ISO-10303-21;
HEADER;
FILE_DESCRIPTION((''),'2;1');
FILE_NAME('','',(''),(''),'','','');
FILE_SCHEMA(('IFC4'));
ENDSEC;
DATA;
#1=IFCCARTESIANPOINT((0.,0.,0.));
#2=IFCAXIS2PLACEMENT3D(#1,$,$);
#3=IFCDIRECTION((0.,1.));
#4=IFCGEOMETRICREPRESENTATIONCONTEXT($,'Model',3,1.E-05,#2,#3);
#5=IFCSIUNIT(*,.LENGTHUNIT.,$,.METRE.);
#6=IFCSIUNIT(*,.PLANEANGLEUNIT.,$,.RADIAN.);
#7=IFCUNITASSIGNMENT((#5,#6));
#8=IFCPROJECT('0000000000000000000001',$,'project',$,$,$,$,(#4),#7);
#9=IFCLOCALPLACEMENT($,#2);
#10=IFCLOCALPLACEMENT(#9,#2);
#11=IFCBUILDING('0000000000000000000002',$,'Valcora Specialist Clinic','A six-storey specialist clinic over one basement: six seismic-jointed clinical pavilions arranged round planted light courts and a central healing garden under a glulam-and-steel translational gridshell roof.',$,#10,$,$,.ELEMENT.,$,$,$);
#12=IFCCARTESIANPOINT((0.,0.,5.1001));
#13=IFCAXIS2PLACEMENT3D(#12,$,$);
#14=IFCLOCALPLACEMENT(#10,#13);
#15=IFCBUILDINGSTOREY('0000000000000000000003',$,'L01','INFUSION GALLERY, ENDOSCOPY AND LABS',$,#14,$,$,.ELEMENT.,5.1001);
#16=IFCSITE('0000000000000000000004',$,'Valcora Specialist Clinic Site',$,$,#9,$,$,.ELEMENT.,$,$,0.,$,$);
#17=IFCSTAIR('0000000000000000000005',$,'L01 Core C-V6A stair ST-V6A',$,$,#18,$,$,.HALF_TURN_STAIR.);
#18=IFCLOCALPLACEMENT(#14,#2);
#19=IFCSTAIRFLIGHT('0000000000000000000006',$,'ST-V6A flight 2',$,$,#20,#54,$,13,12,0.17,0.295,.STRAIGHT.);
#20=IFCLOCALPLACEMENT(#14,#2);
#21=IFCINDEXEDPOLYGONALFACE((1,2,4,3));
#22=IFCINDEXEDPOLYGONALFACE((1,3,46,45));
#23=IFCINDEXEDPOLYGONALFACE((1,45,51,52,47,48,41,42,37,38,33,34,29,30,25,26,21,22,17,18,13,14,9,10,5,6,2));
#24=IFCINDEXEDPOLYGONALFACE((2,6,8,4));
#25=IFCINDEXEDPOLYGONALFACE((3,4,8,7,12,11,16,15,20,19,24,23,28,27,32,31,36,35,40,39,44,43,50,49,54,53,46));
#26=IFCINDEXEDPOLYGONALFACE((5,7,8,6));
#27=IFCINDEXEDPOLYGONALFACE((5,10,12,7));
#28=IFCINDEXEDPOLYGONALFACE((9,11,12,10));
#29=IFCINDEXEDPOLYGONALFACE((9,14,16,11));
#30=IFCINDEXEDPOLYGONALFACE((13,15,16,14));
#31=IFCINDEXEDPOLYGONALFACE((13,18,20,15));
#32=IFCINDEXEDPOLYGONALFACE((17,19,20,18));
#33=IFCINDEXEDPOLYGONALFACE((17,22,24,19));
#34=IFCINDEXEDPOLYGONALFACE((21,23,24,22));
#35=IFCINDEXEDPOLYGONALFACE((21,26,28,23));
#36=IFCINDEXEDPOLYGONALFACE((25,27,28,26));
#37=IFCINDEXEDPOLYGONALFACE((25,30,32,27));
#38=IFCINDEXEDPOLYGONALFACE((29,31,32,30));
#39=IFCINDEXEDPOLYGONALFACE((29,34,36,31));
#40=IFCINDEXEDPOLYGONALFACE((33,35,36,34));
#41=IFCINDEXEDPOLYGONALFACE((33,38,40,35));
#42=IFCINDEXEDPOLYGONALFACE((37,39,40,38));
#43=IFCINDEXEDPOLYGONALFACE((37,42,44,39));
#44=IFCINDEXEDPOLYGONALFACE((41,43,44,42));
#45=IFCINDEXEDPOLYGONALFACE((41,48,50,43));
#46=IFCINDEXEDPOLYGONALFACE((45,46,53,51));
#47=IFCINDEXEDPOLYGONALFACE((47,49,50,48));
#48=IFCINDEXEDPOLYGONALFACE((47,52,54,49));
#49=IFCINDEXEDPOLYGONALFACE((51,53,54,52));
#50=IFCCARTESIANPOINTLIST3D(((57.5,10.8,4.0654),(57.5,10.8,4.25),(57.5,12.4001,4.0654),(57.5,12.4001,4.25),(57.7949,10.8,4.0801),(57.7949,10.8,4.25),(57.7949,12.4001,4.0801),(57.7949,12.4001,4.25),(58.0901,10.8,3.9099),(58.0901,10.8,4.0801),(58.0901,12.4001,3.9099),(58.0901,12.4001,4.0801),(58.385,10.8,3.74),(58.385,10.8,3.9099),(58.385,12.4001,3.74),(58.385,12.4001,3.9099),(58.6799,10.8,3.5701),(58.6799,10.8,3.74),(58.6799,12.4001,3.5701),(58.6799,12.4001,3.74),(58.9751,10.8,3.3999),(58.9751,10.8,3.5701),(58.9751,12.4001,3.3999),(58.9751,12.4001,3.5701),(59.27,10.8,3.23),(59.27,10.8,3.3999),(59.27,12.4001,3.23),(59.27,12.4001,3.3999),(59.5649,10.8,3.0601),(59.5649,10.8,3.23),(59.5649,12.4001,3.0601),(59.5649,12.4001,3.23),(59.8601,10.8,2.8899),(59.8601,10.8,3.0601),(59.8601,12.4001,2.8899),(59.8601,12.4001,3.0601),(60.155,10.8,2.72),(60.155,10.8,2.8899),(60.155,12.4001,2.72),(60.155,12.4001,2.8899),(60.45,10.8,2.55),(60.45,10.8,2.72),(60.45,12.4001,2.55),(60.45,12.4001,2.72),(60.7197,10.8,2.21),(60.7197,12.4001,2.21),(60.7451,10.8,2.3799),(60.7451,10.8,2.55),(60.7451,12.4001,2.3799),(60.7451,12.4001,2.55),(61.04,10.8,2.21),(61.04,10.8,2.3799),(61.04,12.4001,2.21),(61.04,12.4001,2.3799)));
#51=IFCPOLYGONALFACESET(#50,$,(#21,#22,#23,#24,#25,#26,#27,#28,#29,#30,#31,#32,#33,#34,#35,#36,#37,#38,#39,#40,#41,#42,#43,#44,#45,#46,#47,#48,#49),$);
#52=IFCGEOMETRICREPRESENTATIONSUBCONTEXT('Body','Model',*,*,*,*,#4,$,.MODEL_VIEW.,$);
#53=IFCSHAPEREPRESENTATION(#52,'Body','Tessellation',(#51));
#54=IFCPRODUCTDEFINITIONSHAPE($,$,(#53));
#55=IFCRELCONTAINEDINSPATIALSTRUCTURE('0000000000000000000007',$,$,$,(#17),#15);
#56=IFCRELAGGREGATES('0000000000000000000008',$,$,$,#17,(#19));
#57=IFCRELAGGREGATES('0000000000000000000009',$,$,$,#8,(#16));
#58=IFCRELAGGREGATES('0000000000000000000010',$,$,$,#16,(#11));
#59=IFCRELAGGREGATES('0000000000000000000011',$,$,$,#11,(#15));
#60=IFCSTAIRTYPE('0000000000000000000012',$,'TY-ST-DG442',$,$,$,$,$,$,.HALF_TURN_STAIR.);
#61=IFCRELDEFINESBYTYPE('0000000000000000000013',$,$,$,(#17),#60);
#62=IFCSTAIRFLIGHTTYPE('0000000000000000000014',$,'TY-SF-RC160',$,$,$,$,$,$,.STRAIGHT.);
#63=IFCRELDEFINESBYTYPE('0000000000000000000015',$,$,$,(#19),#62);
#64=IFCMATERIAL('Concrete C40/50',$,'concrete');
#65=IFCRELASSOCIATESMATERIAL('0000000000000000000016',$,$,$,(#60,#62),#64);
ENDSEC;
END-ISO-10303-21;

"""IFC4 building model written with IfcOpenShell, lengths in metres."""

from ifc_helpers import new_model, si_unit, direction, frame, origin, place, context, subcontext, project, spatial, polyline, outline, extrude, material, type_object, element, aggregate, save


model = new_model("IFC4")

# Units and contexts
model_context = context("Model", 3, precision=1e-05, world=origin(), true_north=direction((0.0, 1.0)))
body_context = subcontext(model_context, "Body", "Model", "MODEL_VIEW")
ifc_project = project(units=[si_unit("LENGTHUNIT", "METRE"), si_unit("PLANEANGLEUNIT", "RADIAN")], contexts=[model_context])

# Site, building, storey
site_placement = place(None, origin())
site = spatial("IfcSite", under=ifc_project, at=site_placement, Name="Valcora Specialist Clinic Site", CompositionType="ELEMENT", RefElevation=0.0)
building_placement = place(site_placement, origin())
building = spatial("IfcBuilding", under=site, at=building_placement, Name="Valcora Specialist Clinic", Description="A six-storey specialist clinic over one basement: six seismic-jointed clinical pavilions arranged round planted light courts and a central healing garden under a glulam-and-steel translational gridshell roof.", CompositionType="ELEMENT")
storey_placement = place(building_placement, frame((0.0, 0.0, 5.1001)))
storey = spatial("IfcBuildingStorey", under=building, at=storey_placement, Name="L01", Description="INFUSION GALLERY, ENDOSCOPY AND LABS", CompositionType="ELEMENT", Elevation=5.1001)

# Shared definitions
ifc_material_1 = material(Name="Concrete C40/50", Category="concrete")

# Stair, stair flight
stair_type = type_object("IfcStairType", Name="TY-ST-DG442", PredefinedType="HALF_TURN_STAIR", material=ifc_material_1)
stair_placement = place(storey_placement, origin())
stair = element("IfcStair", 1, at=stair_placement, inside=storey, type_object=stair_type, Name="L01 Core C-V6A stair ST-V6A", PredefinedType="HALF_TURN_STAIR")
stair_flight_type = type_object("IfcStairFlightType", Name="TY-SF-RC160", PredefinedType="STRAIGHT", material=ifc_material_1)
stair_flight_1_placement = place(storey_placement, frame((61.04, 11.6001, 2.21), z_axis=(0.0, 0.0, 1.0), x_axis=(-1.0, 0.0, 0.0)))
stair_flight_1 = element("IfcStairFlight", 2, at=stair_flight_1_placement, type_object=stair_flight_type, Name="ST-V6A flight 2", NumberOfRisers=13, NumberOfTreads=12, PredefinedType="STRAIGHT", RiserHeight=0.17, TreadLength=0.295, context=body_context, shape_type="SweptSolid", body=[
    extrude(outline(polyline([(0.0, 0.0), (0.0, 0.1699), (0.2949, 0.1699), (0.2949, 0.3401), (0.5901, 0.3401), (0.5901, 0.51), (0.885, 0.51), (0.885, 0.6799), (1.1799, 0.6799), (1.1799, 0.8501), (1.4751, 0.8501), (1.4751, 1.02), (1.77, 1.02), (1.77, 1.1899), (2.0649, 1.1899), (2.0649, 1.3601), (2.3601, 1.3601), (2.3601, 1.53), (2.655, 1.53), (2.655, 1.7), (2.95, 1.7), (2.95, 1.8701), (3.2451, 1.8701), (3.2451, 2.04), (3.54, 2.04), (3.54, 2.21), (3.54, 1.8555), (0.3203, 0.0), (0.0, 0.0)])), frame((0.0, 0.8, 0.0), z_axis=(0.0, -1.0, 0.0), x_axis=(1.0, 0.0, 0.0)), (0.0, 0.0, 1.0), 1.6001),
])
aggregate(stair, [stair_flight_1])

save(model, "model.ifc")
